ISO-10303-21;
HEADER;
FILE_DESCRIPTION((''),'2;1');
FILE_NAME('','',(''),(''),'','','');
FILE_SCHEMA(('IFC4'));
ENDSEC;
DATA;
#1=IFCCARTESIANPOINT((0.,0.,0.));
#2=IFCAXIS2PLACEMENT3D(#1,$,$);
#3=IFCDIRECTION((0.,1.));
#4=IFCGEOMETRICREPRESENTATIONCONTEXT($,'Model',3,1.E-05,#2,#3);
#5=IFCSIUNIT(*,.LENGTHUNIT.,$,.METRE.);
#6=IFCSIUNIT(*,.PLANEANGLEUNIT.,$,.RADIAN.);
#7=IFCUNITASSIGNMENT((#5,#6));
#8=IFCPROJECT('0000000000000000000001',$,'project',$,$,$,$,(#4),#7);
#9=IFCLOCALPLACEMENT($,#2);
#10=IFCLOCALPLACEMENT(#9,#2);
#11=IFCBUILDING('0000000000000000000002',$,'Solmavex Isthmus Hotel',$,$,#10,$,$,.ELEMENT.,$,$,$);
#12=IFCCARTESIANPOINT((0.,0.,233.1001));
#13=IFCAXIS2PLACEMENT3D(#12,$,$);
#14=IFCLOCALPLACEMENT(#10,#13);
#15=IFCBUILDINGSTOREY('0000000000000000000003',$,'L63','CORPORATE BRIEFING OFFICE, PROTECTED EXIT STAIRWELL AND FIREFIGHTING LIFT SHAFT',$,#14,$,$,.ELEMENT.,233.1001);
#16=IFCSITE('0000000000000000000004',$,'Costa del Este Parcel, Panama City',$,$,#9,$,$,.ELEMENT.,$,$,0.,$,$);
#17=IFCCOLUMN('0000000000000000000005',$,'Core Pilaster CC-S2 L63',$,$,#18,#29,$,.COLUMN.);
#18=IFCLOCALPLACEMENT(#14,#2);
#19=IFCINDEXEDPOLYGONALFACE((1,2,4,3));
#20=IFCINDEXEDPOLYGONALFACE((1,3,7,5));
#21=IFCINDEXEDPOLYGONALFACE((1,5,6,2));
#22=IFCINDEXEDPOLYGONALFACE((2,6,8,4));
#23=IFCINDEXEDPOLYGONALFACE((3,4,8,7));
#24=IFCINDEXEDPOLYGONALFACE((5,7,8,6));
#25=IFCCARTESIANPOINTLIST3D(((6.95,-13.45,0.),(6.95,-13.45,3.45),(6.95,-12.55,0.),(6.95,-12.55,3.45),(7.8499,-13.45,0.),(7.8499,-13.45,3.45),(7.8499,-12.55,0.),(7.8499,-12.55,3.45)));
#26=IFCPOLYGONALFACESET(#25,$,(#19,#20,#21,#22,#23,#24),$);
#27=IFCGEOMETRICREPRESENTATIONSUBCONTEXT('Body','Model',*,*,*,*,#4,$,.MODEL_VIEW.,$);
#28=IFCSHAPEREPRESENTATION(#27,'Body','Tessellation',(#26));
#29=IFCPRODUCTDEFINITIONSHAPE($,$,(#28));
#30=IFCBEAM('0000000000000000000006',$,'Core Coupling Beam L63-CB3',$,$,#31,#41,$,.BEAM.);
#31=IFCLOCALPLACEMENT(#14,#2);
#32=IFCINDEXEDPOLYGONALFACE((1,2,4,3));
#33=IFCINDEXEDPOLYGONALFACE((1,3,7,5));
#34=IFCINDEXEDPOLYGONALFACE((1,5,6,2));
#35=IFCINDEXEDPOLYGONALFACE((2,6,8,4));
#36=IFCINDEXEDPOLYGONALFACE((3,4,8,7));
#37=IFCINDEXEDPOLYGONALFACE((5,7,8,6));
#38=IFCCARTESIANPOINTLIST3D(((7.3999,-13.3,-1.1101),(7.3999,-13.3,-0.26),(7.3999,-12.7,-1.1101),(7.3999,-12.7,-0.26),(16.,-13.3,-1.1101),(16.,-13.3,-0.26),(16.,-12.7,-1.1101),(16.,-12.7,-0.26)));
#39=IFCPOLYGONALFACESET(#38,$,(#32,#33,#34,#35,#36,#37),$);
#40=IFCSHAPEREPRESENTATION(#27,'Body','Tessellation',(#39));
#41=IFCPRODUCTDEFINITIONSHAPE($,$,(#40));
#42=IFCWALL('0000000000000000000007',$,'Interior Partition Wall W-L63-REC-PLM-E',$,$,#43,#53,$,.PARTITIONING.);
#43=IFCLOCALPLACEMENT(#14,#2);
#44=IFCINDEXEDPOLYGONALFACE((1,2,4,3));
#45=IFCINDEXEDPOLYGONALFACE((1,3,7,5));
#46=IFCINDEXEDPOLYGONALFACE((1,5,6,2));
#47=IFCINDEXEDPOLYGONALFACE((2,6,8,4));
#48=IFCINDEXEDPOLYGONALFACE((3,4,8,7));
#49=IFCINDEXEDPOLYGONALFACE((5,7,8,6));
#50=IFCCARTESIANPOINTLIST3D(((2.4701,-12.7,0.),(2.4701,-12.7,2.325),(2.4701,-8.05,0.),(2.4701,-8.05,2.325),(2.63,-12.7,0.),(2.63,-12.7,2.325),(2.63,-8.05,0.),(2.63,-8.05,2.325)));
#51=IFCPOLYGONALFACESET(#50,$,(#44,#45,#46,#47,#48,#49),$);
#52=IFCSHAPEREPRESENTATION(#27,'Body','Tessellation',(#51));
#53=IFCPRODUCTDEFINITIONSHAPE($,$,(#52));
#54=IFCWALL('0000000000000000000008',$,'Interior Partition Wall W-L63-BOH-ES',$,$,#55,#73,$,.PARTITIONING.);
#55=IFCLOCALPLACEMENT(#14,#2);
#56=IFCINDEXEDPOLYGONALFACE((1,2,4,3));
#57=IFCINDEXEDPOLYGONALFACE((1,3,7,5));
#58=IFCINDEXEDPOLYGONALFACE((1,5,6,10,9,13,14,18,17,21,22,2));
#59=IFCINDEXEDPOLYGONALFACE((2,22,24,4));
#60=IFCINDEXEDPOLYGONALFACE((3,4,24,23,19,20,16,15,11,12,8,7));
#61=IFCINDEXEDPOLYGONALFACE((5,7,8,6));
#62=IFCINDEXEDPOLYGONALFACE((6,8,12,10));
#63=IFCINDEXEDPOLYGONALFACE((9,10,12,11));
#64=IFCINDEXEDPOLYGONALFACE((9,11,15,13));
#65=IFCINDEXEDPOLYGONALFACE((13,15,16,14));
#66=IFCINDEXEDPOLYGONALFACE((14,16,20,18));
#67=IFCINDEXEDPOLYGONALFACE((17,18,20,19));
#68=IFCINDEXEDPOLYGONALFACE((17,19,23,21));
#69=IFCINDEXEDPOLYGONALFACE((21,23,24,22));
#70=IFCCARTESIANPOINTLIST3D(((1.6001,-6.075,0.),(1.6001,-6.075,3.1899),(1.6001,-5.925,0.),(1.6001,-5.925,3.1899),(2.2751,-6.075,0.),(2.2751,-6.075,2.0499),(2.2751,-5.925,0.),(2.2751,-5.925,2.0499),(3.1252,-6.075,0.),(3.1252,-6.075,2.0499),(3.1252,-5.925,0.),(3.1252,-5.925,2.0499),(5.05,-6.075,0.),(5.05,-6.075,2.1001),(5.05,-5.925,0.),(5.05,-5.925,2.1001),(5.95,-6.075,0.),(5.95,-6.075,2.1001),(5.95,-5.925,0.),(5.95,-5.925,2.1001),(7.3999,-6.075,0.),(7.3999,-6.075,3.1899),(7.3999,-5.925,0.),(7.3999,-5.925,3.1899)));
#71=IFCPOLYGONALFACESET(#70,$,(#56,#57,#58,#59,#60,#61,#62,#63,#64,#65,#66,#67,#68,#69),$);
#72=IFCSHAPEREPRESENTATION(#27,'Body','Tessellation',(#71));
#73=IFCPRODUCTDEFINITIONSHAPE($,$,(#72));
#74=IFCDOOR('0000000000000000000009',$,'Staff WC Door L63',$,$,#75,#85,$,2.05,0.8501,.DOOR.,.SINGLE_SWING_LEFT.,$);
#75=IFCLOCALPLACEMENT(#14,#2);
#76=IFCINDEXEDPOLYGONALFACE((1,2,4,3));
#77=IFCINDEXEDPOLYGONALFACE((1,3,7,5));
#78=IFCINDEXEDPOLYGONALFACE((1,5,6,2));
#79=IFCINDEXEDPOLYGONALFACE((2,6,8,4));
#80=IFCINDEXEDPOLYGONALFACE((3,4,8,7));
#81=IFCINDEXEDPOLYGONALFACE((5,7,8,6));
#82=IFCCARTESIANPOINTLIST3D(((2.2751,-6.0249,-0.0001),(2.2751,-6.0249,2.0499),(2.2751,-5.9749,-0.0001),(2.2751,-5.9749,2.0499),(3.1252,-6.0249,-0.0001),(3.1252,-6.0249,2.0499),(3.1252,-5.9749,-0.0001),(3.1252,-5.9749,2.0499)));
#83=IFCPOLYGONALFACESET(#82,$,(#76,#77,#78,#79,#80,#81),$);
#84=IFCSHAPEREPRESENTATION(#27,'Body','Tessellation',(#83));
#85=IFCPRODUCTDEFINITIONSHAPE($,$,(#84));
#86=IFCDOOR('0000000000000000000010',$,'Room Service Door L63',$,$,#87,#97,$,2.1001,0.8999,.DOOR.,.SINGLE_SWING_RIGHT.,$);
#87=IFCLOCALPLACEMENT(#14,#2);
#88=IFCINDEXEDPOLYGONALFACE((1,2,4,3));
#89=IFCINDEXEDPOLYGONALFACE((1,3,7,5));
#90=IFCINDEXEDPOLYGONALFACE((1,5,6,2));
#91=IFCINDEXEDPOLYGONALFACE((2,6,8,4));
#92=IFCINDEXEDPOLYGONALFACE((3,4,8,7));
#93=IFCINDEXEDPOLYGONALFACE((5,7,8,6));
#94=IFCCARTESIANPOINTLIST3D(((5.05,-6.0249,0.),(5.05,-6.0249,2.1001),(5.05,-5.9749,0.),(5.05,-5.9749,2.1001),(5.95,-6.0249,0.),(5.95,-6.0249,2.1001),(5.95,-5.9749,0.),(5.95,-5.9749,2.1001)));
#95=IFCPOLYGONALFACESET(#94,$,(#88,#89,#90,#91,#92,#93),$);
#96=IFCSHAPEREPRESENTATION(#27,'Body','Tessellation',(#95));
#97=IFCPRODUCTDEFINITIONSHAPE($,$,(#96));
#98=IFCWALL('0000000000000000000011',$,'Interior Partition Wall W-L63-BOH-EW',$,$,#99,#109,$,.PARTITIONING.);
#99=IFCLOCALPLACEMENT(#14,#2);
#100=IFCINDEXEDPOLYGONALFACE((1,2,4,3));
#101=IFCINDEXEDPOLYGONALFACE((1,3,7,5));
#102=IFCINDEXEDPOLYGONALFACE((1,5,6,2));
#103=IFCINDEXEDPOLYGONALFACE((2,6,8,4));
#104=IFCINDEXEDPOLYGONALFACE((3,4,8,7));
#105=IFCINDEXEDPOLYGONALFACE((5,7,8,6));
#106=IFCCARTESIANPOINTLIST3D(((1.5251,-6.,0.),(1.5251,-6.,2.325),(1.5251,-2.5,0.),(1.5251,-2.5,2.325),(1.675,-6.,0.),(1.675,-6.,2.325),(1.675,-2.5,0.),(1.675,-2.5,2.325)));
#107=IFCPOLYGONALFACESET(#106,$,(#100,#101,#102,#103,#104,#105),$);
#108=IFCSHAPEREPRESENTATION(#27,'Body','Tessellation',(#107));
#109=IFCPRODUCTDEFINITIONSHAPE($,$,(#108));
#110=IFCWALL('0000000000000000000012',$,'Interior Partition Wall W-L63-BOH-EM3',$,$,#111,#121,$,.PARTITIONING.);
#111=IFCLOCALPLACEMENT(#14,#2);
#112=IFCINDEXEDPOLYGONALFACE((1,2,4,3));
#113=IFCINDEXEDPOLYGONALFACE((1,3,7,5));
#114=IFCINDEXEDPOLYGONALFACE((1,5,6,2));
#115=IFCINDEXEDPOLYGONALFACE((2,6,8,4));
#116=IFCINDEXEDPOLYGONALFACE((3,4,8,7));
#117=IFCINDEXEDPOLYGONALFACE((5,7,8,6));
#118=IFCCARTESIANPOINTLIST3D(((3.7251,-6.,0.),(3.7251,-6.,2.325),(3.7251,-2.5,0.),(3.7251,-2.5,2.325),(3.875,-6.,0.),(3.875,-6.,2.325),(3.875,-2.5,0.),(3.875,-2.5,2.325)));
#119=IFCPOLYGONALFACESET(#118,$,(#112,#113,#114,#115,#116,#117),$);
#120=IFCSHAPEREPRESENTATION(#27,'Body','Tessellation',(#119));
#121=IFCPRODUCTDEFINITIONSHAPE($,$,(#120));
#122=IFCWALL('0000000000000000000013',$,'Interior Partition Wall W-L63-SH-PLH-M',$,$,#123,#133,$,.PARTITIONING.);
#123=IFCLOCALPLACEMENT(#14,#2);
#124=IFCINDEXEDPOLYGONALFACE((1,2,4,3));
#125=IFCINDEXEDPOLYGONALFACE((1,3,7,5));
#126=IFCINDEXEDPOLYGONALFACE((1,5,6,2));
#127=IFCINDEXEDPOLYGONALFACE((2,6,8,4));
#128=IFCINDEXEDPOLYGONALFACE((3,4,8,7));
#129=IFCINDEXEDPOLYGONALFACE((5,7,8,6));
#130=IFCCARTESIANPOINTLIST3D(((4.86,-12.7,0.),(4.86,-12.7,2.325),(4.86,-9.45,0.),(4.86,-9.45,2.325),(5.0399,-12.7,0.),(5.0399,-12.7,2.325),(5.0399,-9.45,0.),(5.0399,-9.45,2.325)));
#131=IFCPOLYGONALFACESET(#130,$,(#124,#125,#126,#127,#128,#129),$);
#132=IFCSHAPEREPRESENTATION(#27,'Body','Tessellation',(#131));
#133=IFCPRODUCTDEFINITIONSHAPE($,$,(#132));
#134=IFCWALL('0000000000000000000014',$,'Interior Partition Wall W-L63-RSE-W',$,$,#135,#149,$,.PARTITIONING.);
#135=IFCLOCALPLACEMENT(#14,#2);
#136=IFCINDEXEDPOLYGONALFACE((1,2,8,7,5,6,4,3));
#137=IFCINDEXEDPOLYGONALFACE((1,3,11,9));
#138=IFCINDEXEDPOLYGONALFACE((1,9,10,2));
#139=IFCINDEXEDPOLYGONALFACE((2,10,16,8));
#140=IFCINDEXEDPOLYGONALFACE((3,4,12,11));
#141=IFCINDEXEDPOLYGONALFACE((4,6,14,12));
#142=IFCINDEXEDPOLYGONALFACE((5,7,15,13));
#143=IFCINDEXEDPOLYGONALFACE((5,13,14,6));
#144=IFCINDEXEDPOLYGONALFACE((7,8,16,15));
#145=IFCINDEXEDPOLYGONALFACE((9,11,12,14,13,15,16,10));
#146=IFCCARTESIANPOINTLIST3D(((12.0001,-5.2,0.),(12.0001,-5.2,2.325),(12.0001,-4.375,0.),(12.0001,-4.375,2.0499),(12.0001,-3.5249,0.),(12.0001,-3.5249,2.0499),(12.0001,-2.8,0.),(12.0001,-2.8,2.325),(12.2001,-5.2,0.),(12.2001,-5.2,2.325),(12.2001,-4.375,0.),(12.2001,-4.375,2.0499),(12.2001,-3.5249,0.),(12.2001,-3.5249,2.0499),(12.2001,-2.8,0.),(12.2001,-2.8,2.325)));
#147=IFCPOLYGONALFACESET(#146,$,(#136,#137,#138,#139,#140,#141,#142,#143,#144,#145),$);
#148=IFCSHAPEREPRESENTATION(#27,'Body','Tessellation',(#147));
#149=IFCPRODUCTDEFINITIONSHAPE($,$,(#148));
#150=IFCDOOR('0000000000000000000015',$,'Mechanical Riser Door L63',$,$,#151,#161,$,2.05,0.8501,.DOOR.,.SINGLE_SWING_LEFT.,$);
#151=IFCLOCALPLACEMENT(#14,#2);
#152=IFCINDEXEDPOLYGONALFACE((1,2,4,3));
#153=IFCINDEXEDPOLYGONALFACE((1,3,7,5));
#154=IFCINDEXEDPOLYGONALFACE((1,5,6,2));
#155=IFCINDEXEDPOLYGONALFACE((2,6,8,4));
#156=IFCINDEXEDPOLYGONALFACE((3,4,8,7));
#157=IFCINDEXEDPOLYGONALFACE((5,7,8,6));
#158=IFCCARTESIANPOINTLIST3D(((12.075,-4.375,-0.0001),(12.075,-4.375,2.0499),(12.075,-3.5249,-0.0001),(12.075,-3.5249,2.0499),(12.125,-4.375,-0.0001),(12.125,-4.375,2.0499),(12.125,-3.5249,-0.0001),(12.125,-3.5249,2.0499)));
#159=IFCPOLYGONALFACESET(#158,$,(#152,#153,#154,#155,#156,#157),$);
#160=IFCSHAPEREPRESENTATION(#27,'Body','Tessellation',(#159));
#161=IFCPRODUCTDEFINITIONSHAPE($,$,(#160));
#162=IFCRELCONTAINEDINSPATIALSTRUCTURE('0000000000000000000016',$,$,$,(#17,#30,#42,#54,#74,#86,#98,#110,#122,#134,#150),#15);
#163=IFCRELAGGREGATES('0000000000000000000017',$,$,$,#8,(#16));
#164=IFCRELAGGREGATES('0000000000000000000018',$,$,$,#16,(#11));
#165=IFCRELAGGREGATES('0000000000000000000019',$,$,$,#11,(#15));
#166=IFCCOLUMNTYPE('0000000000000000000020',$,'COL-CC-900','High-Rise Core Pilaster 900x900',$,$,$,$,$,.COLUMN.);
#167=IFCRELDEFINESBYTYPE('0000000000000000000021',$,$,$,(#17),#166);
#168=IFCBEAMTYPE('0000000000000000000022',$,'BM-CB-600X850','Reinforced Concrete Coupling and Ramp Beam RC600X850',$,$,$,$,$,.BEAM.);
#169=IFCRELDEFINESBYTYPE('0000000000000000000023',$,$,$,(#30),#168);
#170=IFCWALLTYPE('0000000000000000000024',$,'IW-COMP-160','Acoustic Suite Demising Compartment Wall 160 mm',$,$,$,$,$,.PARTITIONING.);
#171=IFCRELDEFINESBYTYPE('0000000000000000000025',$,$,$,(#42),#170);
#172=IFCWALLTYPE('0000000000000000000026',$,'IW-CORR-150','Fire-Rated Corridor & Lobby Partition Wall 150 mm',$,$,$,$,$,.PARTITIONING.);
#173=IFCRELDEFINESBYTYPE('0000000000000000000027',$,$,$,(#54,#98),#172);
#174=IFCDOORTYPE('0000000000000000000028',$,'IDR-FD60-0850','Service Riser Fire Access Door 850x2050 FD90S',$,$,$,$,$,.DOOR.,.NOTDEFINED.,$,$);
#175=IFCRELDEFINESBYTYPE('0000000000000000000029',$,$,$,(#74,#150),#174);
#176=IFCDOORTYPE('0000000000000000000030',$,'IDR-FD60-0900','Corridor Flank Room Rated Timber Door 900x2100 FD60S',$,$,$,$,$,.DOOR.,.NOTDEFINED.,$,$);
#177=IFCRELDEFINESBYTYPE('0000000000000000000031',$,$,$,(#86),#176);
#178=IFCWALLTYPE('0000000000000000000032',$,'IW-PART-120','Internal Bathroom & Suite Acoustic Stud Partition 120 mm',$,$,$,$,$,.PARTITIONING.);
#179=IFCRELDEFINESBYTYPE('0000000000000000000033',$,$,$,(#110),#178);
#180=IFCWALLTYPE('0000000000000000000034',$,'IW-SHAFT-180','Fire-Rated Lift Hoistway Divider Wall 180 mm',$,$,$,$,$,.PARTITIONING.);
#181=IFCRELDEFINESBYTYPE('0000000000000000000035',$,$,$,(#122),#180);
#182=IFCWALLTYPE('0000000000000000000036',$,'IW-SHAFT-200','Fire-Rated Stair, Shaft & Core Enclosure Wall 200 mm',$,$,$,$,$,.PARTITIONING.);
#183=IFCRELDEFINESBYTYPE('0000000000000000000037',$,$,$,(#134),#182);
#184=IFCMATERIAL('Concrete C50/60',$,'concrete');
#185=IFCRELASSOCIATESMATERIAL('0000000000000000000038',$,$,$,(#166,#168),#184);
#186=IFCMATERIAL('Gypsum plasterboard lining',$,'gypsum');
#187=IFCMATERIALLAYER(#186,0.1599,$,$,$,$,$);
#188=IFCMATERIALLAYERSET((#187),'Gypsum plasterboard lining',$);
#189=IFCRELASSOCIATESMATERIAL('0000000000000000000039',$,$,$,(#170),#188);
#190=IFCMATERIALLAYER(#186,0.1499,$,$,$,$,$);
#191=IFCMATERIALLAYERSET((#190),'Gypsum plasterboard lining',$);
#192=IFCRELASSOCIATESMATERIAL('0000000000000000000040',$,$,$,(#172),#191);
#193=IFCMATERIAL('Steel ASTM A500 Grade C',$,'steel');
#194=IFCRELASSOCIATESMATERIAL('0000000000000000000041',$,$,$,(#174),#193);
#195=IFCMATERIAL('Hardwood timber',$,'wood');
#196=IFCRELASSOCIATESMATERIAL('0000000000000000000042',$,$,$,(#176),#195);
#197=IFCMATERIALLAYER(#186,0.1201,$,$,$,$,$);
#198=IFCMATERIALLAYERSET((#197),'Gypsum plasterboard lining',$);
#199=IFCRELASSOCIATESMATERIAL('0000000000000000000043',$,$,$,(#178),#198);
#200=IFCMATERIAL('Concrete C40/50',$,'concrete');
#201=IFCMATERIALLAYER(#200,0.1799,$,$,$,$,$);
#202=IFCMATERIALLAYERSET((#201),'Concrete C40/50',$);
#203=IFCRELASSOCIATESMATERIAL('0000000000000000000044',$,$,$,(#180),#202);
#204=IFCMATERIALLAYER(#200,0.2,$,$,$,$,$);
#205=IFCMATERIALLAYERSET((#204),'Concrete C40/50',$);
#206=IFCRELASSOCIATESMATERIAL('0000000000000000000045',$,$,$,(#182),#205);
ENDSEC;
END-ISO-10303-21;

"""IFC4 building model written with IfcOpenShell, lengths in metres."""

from ifc_helpers import new_model, si_unit, direction, frame, frame_2d, origin, origin_2d, place, context, subcontext, project, spatial, rectangle, extrude, material, layer, layer_set, material_profile, profile_set, type_object, element, fill, save


model = new_model("IFC4")

# Units and contexts
model_context = context("Model", 3, precision=1e-05, world=origin(), true_north=direction((0.0, 1.0)))
body_context = subcontext(model_context, "Body", "Model", "MODEL_VIEW")
ifc_project = project(units=[si_unit("LENGTHUNIT", "METRE"), si_unit("PLANEANGLEUNIT", "RADIAN")], contexts=[model_context])

# Site, building, storey
site_placement = place(None, origin())
site = spatial("IfcSite", under=ifc_project, at=site_placement, Name="Costa del Este Parcel, Panama City", CompositionType="ELEMENT", RefElevation=0.0)
building_placement = place(site_placement, origin())
building = spatial("IfcBuilding", under=site, at=building_placement, Name="Solmavex Isthmus Hotel", CompositionType="ELEMENT")
storey_placement = place(building_placement, frame((0.0, 0.0, 233.1001)))
storey = spatial("IfcBuildingStorey", under=building, at=storey_placement, Name="L63", Description="CORPORATE BRIEFING OFFICE, PROTECTED EXIT STAIRWELL AND FIREFIGHTING LIFT SHAFT", CompositionType="ELEMENT", Elevation=233.1001)

# Column
ifc_material_1 = material(Name="Concrete C50/60", Category="concrete")
ifc_material_profile_1 = material_profile(ifc_material_1, rectangle(XDim=0.8999, YDim=0.8999, at=origin_2d()), Name="RC900X900")
ifc_profile_set_1 = profile_set([ifc_material_profile_1], Name="Concrete C50/60")
column_type = type_object("IfcColumnType", Name="COL-CC-900", Description="High-Rise Core Pilaster 900x900", PredefinedType="COLUMN", material=ifc_profile_set_1)
column_placement = place(storey_placement, frame((7.3999, -13.0, 0.0), z_axis=(0.0, 0.0, 1.0), x_axis=(1.0, 0.0, 0.0)))
element("IfcColumn", 1, at=column_placement, inside=storey, type_object=column_type, Name="Core Pilaster CC-S2 L63", PredefinedType="COLUMN", context=body_context, shape_type="SweptSolid", body=[
    extrude(rectangle(XDim=0.8999, YDim=0.8999, at=origin_2d()), origin(), (0.0, 0.0, 1.0), 3.45),
])

# Beam
ifc_material_profile_2 = material_profile(ifc_material_1, rectangle(XDim=0.6001, YDim=0.8501, at=origin_2d()), Name="RC600X850")
ifc_profile_set_2 = profile_set([ifc_material_profile_2], Name="Concrete C50/60")
beam_type = type_object("IfcBeamType", Name="BM-CB-600X850", Description="Reinforced Concrete Coupling and Ramp Beam RC600X850", PredefinedType="BEAM", material=ifc_profile_set_2)
beam_placement = place(storey_placement, frame((7.3999, -13.0, -0.6851), z_axis=(1.0, 0.0, 0.0), x_axis=(0.0, 1.0, 0.0)))
element("IfcBeam", 2, at=beam_placement, inside=storey, type_object=beam_type, Name="Core Coupling Beam L63-CB3", PredefinedType="BEAM", context=body_context, shape_type="SweptSolid", body=[
    extrude(rectangle(XDim=0.6001, YDim=0.8501, at=origin_2d()), origin(), (0.0, 0.0, 1.0), 8.6001),
])

# Wall
ifc_material_2 = material(Name="Gypsum plasterboard lining", Category="gypsum")
ifc_layer_1 = layer(ifc_material_2, 0.1599)
ifc_layer_set_1 = layer_set([ifc_layer_1], Name="Gypsum plasterboard lining")
wall_type_1 = type_object("IfcWallType", Name="IW-COMP-160", Description="Acoustic Suite Demising Compartment Wall 160 mm", PredefinedType="PARTITIONING", material=ifc_layer_set_1)
wall_1_placement = place(storey_placement, frame((2.55, -12.7, 0.0), z_axis=(0.0, 0.0, 1.0), x_axis=(0.0, 1.0, 0.0)))
element("IfcWall", 3, at=wall_1_placement, inside=storey, type_object=wall_type_1, Name="Interior Partition Wall W-L63-REC-PLM-E", PredefinedType="PARTITIONING", context=body_context, shape_type="SweptSolid", body=[
    extrude(rectangle(XDim=4.6499, YDim=0.1599, at=frame_2d((2.325, 0.0))), origin(), (0.0, 0.0, 1.0), 2.325),
])

# Wall, openings, doors
ifc_layer_2 = layer(ifc_material_2, 0.1499)
ifc_layer_set_2 = layer_set([ifc_layer_2], Name="Gypsum plasterboard lining")
wall_type_2 = type_object("IfcWallType", Name="IW-CORR-150", Description="Fire-Rated Corridor & Lobby Partition Wall 150 mm", PredefinedType="PARTITIONING", material=ifc_layer_set_2)
wall_2_placement = place(storey_placement, frame((1.6001, -6.0, 0.0), z_axis=(0.0, 0.0, 1.0), x_axis=(1.0, 0.0, 0.0)))
wall_2 = element("IfcWall", 4, at=wall_2_placement, inside=storey, type_object=wall_type_2, Name="Interior Partition Wall W-L63-BOH-ES", PredefinedType="PARTITIONING", context=body_context, shape_type="SweptSolid", body=[
    extrude(rectangle(XDim=5.7998, YDim=0.1499, at=frame_2d((2.8999, 0.0))), origin(), (0.0, 0.0, 1.0), 3.1899),
])
opening_1_placement = place(wall_2_placement, frame((0.675, 0.0, 0.0)))
opening_1 = element("IfcOpeningElement", 5, at=opening_1_placement, cuts=wall_2, PredefinedType="OPENING", context=body_context, shape_type="SweptSolid", body=[
    extrude(rectangle(XDim=0.8501, YDim=2.05, at=frame_2d((0.425, 1.0249))), frame((0.0, 0.085, 0.0), z_axis=(0.0, -1.0, 0.0), x_axis=(1.0, 0.0, 0.0)), (0.0, 0.0, 1.0), 0.1699),
])
opening_2_placement = place(wall_2_placement, frame((3.45, 0.0, 0.0)))
opening_2 = element("IfcOpeningElement", 6, at=opening_2_placement, cuts=wall_2, PredefinedType="OPENING", context=body_context, shape_type="SweptSolid", body=[
    extrude(rectangle(XDim=0.8999, YDim=2.1001, at=frame_2d((0.45, 1.05))), frame((0.0, 0.085, 0.0), z_axis=(0.0, -1.0, 0.0), x_axis=(1.0, 0.0, 0.0)), (0.0, 0.0, 1.0), 0.1699),
])
ifc_material_3 = material(Name="Steel ASTM A500 Grade C", Category="steel")
door_type_1 = type_object("IfcDoorType", Name="IDR-FD60-0850", Description="Service Riser Fire Access Door 850x2050 FD90S", OperationType="NOTDEFINED", PredefinedType="DOOR", material=ifc_material_3)
door_1_placement = place(opening_1_placement, frame((0.8501, 0.0, 0.0), z_axis=(0.0, 0.0, 1.0), x_axis=(-1.0, 0.0, 0.0)))
door_1 = element("IfcDoor", 7, at=door_1_placement, inside=storey, type_object=door_type_1, Name="Staff WC Door L63", OperationType="SINGLE_SWING_LEFT", OverallHeight=2.05, OverallWidth=0.8501, PredefinedType="DOOR", context=body_context, shape_type="SweptSolid", body=[
    extrude(rectangle(XDim=0.8501, YDim=2.05, at=frame_2d((0.425, 1.0249))), frame((0.0, 0.0249, 0.0), z_axis=(0.0, -1.0, 0.0), x_axis=(1.0, 0.0, 0.0)), (0.0, 0.0, 1.0), 0.05),
])
fill(opening_1, door_1)
ifc_material_4 = material(Name="Hardwood timber", Category="wood")
door_type_2 = type_object("IfcDoorType", Name="IDR-FD60-0900", Description="Corridor Flank Room Rated Timber Door 900x2100 FD60S", OperationType="NOTDEFINED", PredefinedType="DOOR", material=ifc_material_4)
door_2_placement = place(opening_2_placement, frame((0.8999, 0.0, 0.0), z_axis=(0.0, 0.0, 1.0), x_axis=(-1.0, 0.0, 0.0)))
door_2 = element("IfcDoor", 8, at=door_2_placement, inside=storey, type_object=door_type_2, Name="Room Service Door L63", OperationType="SINGLE_SWING_RIGHT", OverallHeight=2.1001, OverallWidth=0.8999, PredefinedType="DOOR", context=body_context, shape_type="SweptSolid", body=[
    extrude(rectangle(XDim=0.8999, YDim=2.1001, at=frame_2d((0.45, 1.05))), frame((0.0, 0.0249, 0.0), z_axis=(0.0, -1.0, 0.0), x_axis=(1.0, 0.0, 0.0)), (0.0, 0.0, 1.0), 0.05),
])
fill(opening_2, door_2)

# Walls
wall_3_placement = place(storey_placement, frame((1.6001, -6.0, 0.0), z_axis=(0.0, 0.0, 1.0), x_axis=(0.0, 1.0, 0.0)))
element("IfcWall", 9, at=wall_3_placement, inside=storey, type_object=wall_type_2, Name="Interior Partition Wall W-L63-BOH-EW", PredefinedType="PARTITIONING", context=body_context, shape_type="SweptSolid", body=[
    extrude(rectangle(XDim=3.5, YDim=0.1499, at=frame_2d((1.75, 0.0))), origin(), (0.0, 0.0, 1.0), 2.325),
])
ifc_layer_3 = layer(ifc_material_2, 0.1201)
ifc_layer_set_3 = layer_set([ifc_layer_3], Name="Gypsum plasterboard lining")
wall_type_3 = type_object("IfcWallType", Name="IW-PART-120", Description="Internal Bathroom & Suite Acoustic Stud Partition 120 mm", PredefinedType="PARTITIONING", material=ifc_layer_set_3)
wall_4_placement = place(storey_placement, frame((3.8, -6.0, 0.0), z_axis=(0.0, 0.0, 1.0), x_axis=(0.0, 1.0, 0.0)))
element("IfcWall", 10, at=wall_4_placement, inside=storey, type_object=wall_type_3, Name="Interior Partition Wall W-L63-BOH-EM3", PredefinedType="PARTITIONING", context=body_context, shape_type="SweptSolid", body=[
    extrude(rectangle(XDim=3.5, YDim=0.1499, at=frame_2d((1.75, 0.0))), origin(), (0.0, 0.0, 1.0), 2.325),
])
ifc_material_5 = material(Name="Concrete C40/50", Category="concrete")
ifc_layer_4 = layer(ifc_material_5, 0.1799)
ifc_layer_set_4 = layer_set([ifc_layer_4], Name="Concrete C40/50")
wall_type_4 = type_object("IfcWallType", Name="IW-SHAFT-180", Description="Fire-Rated Lift Hoistway Divider Wall 180 mm", PredefinedType="PARTITIONING", material=ifc_layer_set_4)
wall_5_placement = place(storey_placement, frame((4.95, -12.7, 0.0), z_axis=(0.0, 0.0, 1.0), x_axis=(0.0, 1.0, 0.0)))
element("IfcWall", 11, at=wall_5_placement, inside=storey, type_object=wall_type_4, Name="Interior Partition Wall W-L63-SH-PLH-M", PredefinedType="PARTITIONING", context=body_context, shape_type="SweptSolid", body=[
    extrude(rectangle(XDim=3.25, YDim=0.1799, at=frame_2d((1.625, 0.0))), origin(), (0.0, 0.0, 1.0), 2.325),
])

# Wall, opening, door
ifc_layer_5 = layer(ifc_material_5, 0.2)
ifc_layer_set_5 = layer_set([ifc_layer_5], Name="Concrete C40/50")
wall_type_5 = type_object("IfcWallType", Name="IW-SHAFT-200", Description="Fire-Rated Stair, Shaft & Core Enclosure Wall 200 mm", PredefinedType="PARTITIONING", material=ifc_layer_set_5)
wall_6_placement = place(storey_placement, frame((12.1001, -5.2, 0.0), z_axis=(0.0, 0.0, 1.0), x_axis=(0.0, 1.0, 0.0)))
wall_6 = element("IfcWall", 12, at=wall_6_placement, inside=storey, type_object=wall_type_5, Name="Interior Partition Wall W-L63-RSE-W", PredefinedType="PARTITIONING", context=body_context, shape_type="SweptSolid", body=[
    extrude(rectangle(XDim=2.3999, YDim=0.2, at=frame_2d((1.2, 0.0))), origin(), (0.0, 0.0, 1.0), 2.325),
])
opening_3_placement = place(wall_6_placement, frame((0.825, 0.0, 0.0)))
opening_3 = element("IfcOpeningElement", 13, at=opening_3_placement, cuts=wall_6, PredefinedType="OPENING", context=body_context, shape_type="SweptSolid", body=[
    extrude(rectangle(XDim=0.8501, YDim=2.05, at=frame_2d((0.425, 1.0249))), frame((0.0, 0.1099, 0.0), z_axis=(0.0, -1.0, 0.0), x_axis=(1.0, 0.0, 0.0)), (0.0, 0.0, 1.0), 0.22),
])
door_3_placement = place(opening_3_placement, frame((0.8501, 0.0, 0.0), z_axis=(0.0, 0.0, 1.0), x_axis=(-1.0, 0.0, 0.0)))
door_3 = element("IfcDoor", 14, at=door_3_placement, inside=storey, type_object=door_type_1, Name="Mechanical Riser Door L63", OperationType="SINGLE_SWING_LEFT", OverallHeight=2.05, OverallWidth=0.8501, PredefinedType="DOOR", context=body_context, shape_type="SweptSolid", body=[
    extrude(rectangle(XDim=0.8501, YDim=2.05, at=frame_2d((0.425, 1.0249))), frame((0.0, 0.0249, 0.0), z_axis=(0.0, -1.0, 0.0), x_axis=(1.0, 0.0, 0.0)), (0.0, 0.0, 1.0), 0.05),
])
fill(opening_3, door_3)

save(model, "model.ifc")
